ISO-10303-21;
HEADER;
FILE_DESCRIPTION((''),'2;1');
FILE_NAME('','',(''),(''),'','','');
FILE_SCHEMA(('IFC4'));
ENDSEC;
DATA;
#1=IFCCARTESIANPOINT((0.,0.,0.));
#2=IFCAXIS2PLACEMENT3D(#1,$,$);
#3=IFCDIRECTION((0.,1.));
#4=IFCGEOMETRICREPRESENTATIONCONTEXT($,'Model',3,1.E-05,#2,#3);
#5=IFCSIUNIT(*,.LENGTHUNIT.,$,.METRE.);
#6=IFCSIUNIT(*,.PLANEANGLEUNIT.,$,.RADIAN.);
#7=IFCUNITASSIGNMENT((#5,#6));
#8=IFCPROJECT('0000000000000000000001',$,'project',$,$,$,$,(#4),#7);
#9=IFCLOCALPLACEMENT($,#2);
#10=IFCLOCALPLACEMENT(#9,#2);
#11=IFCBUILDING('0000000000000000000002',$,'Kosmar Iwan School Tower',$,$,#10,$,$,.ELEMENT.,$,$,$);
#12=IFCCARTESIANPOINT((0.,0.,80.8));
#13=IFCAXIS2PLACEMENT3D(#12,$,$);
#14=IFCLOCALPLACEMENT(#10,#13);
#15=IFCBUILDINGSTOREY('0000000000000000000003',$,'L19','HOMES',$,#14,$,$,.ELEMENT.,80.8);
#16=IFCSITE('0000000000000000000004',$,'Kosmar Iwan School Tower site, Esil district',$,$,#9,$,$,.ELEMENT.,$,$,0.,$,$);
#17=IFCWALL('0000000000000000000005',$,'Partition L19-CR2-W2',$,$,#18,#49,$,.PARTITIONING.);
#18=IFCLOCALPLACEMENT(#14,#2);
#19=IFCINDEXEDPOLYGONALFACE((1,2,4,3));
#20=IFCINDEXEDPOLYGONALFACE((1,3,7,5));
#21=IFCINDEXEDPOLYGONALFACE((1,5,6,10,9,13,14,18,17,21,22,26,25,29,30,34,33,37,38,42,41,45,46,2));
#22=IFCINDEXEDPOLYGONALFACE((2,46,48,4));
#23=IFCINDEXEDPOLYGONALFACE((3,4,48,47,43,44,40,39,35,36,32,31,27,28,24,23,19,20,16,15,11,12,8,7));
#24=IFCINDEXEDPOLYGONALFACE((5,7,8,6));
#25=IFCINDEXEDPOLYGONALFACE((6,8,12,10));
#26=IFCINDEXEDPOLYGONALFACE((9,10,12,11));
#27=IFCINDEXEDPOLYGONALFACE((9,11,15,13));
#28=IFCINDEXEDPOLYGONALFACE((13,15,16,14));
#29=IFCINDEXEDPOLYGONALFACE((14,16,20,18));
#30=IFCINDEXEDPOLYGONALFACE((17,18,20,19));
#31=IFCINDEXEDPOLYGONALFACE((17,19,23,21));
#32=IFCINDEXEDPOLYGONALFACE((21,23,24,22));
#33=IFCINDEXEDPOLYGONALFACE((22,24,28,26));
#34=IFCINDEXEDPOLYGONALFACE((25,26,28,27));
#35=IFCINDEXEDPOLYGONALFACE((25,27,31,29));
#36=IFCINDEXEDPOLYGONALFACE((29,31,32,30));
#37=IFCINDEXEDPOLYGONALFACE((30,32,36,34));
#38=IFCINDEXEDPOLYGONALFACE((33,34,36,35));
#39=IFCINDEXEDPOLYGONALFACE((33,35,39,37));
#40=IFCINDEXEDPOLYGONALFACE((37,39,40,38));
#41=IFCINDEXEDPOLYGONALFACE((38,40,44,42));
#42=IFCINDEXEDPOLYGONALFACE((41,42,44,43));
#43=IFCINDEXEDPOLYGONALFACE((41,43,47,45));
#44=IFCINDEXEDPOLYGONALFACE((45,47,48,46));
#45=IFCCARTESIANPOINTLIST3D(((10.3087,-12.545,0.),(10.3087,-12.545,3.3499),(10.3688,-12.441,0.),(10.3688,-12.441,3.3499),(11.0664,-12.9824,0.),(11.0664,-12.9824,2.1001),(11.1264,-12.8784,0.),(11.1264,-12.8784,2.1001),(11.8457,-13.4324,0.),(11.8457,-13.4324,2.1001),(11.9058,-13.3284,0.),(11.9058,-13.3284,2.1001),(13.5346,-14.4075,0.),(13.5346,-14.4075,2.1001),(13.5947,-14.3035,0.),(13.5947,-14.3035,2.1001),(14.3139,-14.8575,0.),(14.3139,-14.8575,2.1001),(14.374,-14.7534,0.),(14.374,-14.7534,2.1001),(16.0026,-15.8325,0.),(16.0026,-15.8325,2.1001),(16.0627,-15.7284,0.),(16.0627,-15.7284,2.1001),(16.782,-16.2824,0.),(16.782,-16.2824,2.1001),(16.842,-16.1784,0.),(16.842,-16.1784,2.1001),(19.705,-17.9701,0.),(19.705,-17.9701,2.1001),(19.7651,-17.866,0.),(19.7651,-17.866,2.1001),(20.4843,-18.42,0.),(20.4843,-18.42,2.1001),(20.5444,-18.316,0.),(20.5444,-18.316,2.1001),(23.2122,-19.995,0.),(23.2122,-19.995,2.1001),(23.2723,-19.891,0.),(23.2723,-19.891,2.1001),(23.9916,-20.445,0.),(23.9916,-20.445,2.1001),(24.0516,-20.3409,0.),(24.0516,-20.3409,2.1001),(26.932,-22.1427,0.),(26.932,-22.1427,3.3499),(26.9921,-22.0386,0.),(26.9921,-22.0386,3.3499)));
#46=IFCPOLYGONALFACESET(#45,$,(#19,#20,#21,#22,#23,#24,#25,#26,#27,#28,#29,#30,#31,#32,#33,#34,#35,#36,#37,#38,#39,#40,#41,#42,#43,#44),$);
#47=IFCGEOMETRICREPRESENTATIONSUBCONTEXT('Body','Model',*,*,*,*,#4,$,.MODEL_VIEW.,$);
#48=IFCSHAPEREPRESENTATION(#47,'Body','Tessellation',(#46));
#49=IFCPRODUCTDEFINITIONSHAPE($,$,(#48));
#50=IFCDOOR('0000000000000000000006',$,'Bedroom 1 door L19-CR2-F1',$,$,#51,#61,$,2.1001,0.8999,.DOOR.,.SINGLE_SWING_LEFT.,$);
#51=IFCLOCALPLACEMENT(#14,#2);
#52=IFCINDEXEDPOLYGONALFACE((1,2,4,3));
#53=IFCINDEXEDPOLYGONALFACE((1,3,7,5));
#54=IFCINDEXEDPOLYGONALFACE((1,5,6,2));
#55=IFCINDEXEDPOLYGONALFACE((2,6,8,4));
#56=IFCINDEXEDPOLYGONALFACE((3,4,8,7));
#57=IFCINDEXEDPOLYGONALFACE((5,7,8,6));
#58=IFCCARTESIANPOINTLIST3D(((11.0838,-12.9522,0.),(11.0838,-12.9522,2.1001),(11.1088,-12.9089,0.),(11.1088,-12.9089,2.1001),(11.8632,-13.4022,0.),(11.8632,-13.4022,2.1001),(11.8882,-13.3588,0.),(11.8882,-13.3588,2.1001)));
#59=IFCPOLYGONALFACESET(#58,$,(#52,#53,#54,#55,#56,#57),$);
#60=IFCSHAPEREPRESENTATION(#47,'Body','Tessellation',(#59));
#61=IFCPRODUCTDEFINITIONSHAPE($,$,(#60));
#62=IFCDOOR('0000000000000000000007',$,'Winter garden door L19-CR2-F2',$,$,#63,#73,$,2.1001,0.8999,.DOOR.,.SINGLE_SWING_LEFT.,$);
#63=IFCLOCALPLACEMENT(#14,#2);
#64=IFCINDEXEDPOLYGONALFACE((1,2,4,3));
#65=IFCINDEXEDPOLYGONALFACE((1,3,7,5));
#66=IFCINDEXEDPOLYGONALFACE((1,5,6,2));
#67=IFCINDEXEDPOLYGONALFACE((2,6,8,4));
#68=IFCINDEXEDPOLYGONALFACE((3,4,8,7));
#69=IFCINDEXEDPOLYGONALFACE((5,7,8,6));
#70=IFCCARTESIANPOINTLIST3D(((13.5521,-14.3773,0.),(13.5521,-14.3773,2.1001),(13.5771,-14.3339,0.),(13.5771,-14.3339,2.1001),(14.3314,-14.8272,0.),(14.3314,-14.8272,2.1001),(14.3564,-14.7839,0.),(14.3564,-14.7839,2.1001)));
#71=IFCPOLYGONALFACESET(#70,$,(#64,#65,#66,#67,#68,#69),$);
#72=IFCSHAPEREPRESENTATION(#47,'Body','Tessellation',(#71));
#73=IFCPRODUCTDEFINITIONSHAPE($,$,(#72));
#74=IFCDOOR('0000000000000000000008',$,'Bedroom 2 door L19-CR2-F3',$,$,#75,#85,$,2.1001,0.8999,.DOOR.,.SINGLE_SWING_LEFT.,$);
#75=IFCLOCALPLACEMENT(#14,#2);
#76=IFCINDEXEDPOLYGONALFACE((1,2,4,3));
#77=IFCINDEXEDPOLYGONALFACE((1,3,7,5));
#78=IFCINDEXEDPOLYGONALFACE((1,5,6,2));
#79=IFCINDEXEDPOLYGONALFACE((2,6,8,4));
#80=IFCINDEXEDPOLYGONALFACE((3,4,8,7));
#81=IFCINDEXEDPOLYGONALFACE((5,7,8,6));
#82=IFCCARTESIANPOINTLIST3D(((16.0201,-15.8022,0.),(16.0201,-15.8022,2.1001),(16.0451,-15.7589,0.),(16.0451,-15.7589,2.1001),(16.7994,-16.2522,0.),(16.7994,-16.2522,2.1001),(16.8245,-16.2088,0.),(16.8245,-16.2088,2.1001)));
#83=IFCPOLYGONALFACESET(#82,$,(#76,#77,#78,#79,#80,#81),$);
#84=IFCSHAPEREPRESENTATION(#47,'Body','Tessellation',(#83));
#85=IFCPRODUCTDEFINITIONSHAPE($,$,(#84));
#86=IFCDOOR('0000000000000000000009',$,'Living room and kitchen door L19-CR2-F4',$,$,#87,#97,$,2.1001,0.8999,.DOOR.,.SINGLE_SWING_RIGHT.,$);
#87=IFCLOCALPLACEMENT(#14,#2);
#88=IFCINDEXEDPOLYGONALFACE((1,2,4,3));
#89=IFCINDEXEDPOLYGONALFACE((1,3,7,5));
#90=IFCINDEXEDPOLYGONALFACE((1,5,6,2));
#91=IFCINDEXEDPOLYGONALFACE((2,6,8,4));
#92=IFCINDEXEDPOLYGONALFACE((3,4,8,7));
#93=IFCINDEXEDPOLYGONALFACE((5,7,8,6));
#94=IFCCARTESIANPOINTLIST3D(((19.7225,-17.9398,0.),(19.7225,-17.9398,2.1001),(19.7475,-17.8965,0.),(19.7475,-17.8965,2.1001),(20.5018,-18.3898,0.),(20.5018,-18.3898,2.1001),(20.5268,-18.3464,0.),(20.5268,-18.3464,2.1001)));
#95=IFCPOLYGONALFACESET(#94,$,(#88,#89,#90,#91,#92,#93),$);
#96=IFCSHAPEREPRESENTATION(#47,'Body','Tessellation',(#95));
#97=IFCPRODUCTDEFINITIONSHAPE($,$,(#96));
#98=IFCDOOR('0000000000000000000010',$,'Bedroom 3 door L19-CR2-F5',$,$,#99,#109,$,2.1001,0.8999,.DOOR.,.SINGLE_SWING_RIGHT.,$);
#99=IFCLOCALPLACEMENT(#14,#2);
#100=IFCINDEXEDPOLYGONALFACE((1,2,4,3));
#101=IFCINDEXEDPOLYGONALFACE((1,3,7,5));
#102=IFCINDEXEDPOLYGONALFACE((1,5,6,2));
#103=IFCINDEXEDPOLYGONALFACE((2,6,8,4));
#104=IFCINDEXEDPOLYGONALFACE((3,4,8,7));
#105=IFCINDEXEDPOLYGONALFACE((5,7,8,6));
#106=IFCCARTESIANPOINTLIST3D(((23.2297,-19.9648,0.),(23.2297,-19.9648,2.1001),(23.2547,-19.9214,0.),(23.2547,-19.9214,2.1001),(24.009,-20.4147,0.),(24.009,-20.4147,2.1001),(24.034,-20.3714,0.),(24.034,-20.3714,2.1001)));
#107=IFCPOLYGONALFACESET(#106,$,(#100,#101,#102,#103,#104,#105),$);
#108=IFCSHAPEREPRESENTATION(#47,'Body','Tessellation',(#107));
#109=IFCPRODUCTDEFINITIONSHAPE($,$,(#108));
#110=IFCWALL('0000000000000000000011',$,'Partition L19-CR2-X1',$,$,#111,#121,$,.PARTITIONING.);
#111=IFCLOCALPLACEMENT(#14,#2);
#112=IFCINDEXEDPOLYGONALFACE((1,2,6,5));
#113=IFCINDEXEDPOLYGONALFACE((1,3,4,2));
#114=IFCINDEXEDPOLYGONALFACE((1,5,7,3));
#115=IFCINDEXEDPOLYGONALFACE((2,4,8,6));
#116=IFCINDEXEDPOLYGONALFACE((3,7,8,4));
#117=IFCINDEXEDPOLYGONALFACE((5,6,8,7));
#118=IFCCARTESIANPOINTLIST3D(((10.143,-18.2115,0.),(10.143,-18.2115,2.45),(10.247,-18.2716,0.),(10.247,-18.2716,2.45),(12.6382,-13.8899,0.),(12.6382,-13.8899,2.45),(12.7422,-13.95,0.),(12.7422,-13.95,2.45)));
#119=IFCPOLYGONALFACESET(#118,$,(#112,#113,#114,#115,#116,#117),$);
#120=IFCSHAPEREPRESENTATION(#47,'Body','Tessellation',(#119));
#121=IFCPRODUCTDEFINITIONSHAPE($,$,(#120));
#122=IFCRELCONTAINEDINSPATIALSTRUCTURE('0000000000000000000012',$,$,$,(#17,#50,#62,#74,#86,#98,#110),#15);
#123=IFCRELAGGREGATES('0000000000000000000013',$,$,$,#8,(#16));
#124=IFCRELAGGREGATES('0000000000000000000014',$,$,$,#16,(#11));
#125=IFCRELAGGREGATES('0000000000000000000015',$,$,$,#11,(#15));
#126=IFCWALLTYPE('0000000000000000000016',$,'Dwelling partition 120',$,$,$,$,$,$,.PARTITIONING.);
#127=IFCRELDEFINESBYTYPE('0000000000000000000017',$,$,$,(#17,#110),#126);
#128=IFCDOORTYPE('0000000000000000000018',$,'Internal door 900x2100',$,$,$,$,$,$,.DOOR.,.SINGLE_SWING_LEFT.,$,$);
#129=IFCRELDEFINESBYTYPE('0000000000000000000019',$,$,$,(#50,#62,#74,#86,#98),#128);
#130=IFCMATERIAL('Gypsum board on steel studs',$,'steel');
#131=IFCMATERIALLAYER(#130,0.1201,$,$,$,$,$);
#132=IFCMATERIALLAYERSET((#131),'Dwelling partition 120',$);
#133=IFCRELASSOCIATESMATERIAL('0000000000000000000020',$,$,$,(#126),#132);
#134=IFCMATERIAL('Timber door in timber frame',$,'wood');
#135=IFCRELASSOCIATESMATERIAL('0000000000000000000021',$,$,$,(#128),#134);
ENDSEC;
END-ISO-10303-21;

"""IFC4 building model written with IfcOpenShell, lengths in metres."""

from ifc_helpers import new_model, si_unit, direction, frame, frame_2d, origin, place, context, subcontext, project, spatial, rectangle, extrude, material, layer, layer_set, type_object, element, fill, save


model = new_model("IFC4")

# Units and contexts
model_context = context("Model", 3, precision=1e-05, world=origin(), true_north=direction((0.0, 1.0)))
body_context = subcontext(model_context, "Body", "Model", "MODEL_VIEW")
ifc_project = project(units=[si_unit("LENGTHUNIT", "METRE"), si_unit("PLANEANGLEUNIT", "RADIAN")], contexts=[model_context])

# Site, building, storey
site_placement = place(None, origin())
site = spatial("IfcSite", under=ifc_project, at=site_placement, Name="Kosmar Iwan School Tower site, Esil district", CompositionType="ELEMENT", RefElevation=0.0)
building_placement = place(site_placement, origin())
building = spatial("IfcBuilding", under=site, at=building_placement, Name="Kosmar Iwan School Tower", CompositionType="ELEMENT")
storey_placement = place(building_placement, frame((0.0, 0.0, 80.8)))
storey = spatial("IfcBuildingStorey", under=building, at=storey_placement, Name="L19", Description="HOMES", CompositionType="ELEMENT", Elevation=80.8)

# Wall, openings, doors
ifc_material_1 = material(Name="Gypsum board on steel studs", Category="steel")
ifc_layer = layer(ifc_material_1, 0.1201)
ifc_layer_set = layer_set([ifc_layer], Name="Dwelling partition 120")
wall_type = type_object("IfcWallType", Name="Dwelling partition 120", PredefinedType="PARTITIONING", material=ifc_layer_set)
ifc_material_2 = material(Name="Timber door in timber frame", Category="wood")
door_type_1 = type_object("IfcDoorType", Name="Internal door 900x2100", OperationType="SINGLE_SWING_LEFT", PredefinedType="DOOR", material=ifc_material_2)
wall_1_placement = place(storey_placement, frame((10.3386, -12.4929, 0.0), z_axis=(0.0, 0.0, 1.0), x_axis=(0.866021, -0.500008, 0.0)))
wall_1 = element("IfcWall", 1, at=wall_1_placement, inside=storey, type_object=wall_type, Name="Partition L19-CR2-W2", PredefinedType="PARTITIONING", context=body_context, shape_type="SweptSolid", body=[
    extrude(rectangle(XDim=19.1951, YDim=0.1201, at=frame_2d((9.5977, 0.0))), origin(), (0.0, 0.0, 1.0), 3.3499),
])
opening_1_placement = place(wall_1_placement, frame((0.875, 0.0, 0.0)))
opening_1 = element("IfcOpeningElement", 2, at=opening_1_placement, cuts=wall_1, PredefinedType="OPENING", context=body_context, shape_type="SweptSolid", body=[
    extrude(rectangle(XDim=0.8999, YDim=2.1001, at=frame_2d((0.45, 1.05))), frame((0.0, 0.072, 0.0), z_axis=(0.0, -1.0, 0.0), x_axis=(1.0, 0.0, 0.0)), (0.0, 0.0, 1.0), 0.144),
])
opening_2_placement = place(wall_1_placement, frame((3.7251, 0.0, 0.0)))
opening_2 = element("IfcOpeningElement", 3, at=opening_2_placement, cuts=wall_1, PredefinedType="OPENING", context=body_context, shape_type="SweptSolid", body=[
    extrude(rectangle(XDim=0.8999, YDim=2.1001, at=frame_2d((0.45, 1.05))), frame((0.0, 0.072, 0.0), z_axis=(0.0, -1.0, 0.0), x_axis=(1.0, 0.0, 0.0)), (0.0, 0.0, 1.0), 0.144),
])
opening_3_placement = place(wall_1_placement, frame((6.575, 0.0, 0.0)))
opening_3 = element("IfcOpeningElement", 4, at=opening_3_placement, cuts=wall_1, PredefinedType="OPENING", context=body_context, shape_type="SweptSolid", body=[
    extrude(rectangle(XDim=0.8999, YDim=2.1001, at=frame_2d((0.45, 1.05))), frame((0.0, 0.072, 0.0), z_axis=(0.0, -1.0, 0.0), x_axis=(1.0, 0.0, 0.0)), (0.0, 0.0, 1.0), 0.144),
])
opening_4_placement = place(wall_1_placement, frame((10.8501, 0.0, 0.0)))
opening_4 = element("IfcOpeningElement", 5, at=opening_4_placement, cuts=wall_1, PredefinedType="OPENING", context=body_context, shape_type="SweptSolid", body=[
    extrude(rectangle(XDim=0.8999, YDim=2.1001, at=frame_2d((0.45, 1.05))), frame((0.0, 0.072, 0.0), z_axis=(0.0, -1.0, 0.0), x_axis=(1.0, 0.0, 0.0)), (0.0, 0.0, 1.0), 0.144),
])
opening_5_placement = place(wall_1_placement, frame((14.8999, 0.0, 0.0)))
opening_5 = element("IfcOpeningElement", 6, at=opening_5_placement, cuts=wall_1, PredefinedType="OPENING", context=body_context, shape_type="SweptSolid", body=[
    extrude(rectangle(XDim=0.8999, YDim=2.1001, at=frame_2d((0.45, 1.05))), frame((0.0, 0.072, 0.0), z_axis=(0.0, -1.0, 0.0), x_axis=(1.0, 0.0, 0.0)), (0.0, 0.0, 1.0), 0.144),
])
door_1_placement = place(opening_1_placement, origin())
door_1 = element("IfcDoor", 7, at=door_1_placement, inside=storey, type_object=door_type_1, Name="Bedroom 1 door L19-CR2-F1", OperationType="SINGLE_SWING_LEFT", OverallHeight=2.1001, OverallWidth=0.8999, PredefinedType="DOOR", context=body_context, shape_type="SweptSolid", body=[
    extrude(rectangle(XDim=0.8999, YDim=2.1001, at=frame_2d((0.45, 1.05))), frame((0.0, 0.0249, 0.0), z_axis=(0.0, -1.0, 0.0), x_axis=(1.0, 0.0, 0.0)), (0.0, 0.0, 1.0), 0.05),
])
fill(opening_1, door_1)
door_2_placement = place(opening_2_placement, origin())
door_2 = element("IfcDoor", 8, at=door_2_placement, inside=storey, type_object=door_type_1, Name="Winter garden door L19-CR2-F2", OperationType="SINGLE_SWING_LEFT", OverallHeight=2.1001, OverallWidth=0.8999, PredefinedType="DOOR", context=body_context, shape_type="SweptSolid", body=[
    extrude(rectangle(XDim=0.8999, YDim=2.1001, at=frame_2d((0.45, 1.05))), frame((0.0, 0.0249, 0.0), z_axis=(0.0, -1.0, 0.0), x_axis=(1.0, 0.0, 0.0)), (0.0, 0.0, 1.0), 0.05),
])
fill(opening_2, door_2)
door_3_placement = place(opening_3_placement, origin())
door_3 = element("IfcDoor", 9, at=door_3_placement, inside=storey, type_object=door_type_1, Name="Bedroom 2 door L19-CR2-F3", OperationType="SINGLE_SWING_LEFT", OverallHeight=2.1001, OverallWidth=0.8999, PredefinedType="DOOR", context=body_context, shape_type="SweptSolid", body=[
    extrude(rectangle(XDim=0.8999, YDim=2.1001, at=frame_2d((0.45, 1.05))), frame((0.0, 0.0249, 0.0), z_axis=(0.0, -1.0, 0.0), x_axis=(1.0, 0.0, 0.0)), (0.0, 0.0, 1.0), 0.05),
])
fill(opening_3, door_3)
door_4_placement = place(opening_4_placement, origin())
door_4 = element("IfcDoor", 10, at=door_4_placement, inside=storey, type_object=door_type_1, Name="Living room and kitchen door L19-CR2-F4", OperationType="SINGLE_SWING_RIGHT", OverallHeight=2.1001, OverallWidth=0.8999, PredefinedType="DOOR", context=body_context, shape_type="SweptSolid", body=[
    extrude(rectangle(XDim=0.8999, YDim=2.1001, at=frame_2d((0.45, 1.05))), frame((0.0, 0.0249, 0.0), z_axis=(0.0, -1.0, 0.0), x_axis=(1.0, 0.0, 0.0)), (0.0, 0.0, 1.0), 0.05),
])
fill(opening_4, door_4)
door_5_placement = place(opening_5_placement, origin())
door_5 = element("IfcDoor", 11, at=door_5_placement, inside=storey, type_object=door_type_1, Name="Bedroom 3 door L19-CR2-F5", OperationType="SINGLE_SWING_RIGHT", OverallHeight=2.1001, OverallWidth=0.8999, PredefinedType="DOOR", context=body_context, shape_type="SweptSolid", body=[
    extrude(rectangle(XDim=0.8999, YDim=2.1001, at=frame_2d((0.45, 1.05))), frame((0.0, 0.0249, 0.0), z_axis=(0.0, -1.0, 0.0), x_axis=(1.0, 0.0, 0.0)), (0.0, 0.0, 1.0), 0.05),
])
fill(opening_5, door_5)

# Wall
wall_2_placement = place(storey_placement, frame((12.6902, -13.9199, 0.0), z_axis=(0.0, 0.0, 1.0), x_axis=(-0.500012, -0.866019, 0.0)))
element("IfcWall", 12, at=wall_2_placement, inside=storey, type_object=wall_type, Name="Partition L19-CR2-X1", PredefinedType="PARTITIONING", context=body_context, shape_type="SweptSolid", body=[
    extrude(rectangle(XDim=4.9902, YDim=0.1201, at=frame_2d((2.4951, 0.0))), origin(), (0.0, 0.0, 1.0), 2.45),
])

save(model, "model.ifc")
